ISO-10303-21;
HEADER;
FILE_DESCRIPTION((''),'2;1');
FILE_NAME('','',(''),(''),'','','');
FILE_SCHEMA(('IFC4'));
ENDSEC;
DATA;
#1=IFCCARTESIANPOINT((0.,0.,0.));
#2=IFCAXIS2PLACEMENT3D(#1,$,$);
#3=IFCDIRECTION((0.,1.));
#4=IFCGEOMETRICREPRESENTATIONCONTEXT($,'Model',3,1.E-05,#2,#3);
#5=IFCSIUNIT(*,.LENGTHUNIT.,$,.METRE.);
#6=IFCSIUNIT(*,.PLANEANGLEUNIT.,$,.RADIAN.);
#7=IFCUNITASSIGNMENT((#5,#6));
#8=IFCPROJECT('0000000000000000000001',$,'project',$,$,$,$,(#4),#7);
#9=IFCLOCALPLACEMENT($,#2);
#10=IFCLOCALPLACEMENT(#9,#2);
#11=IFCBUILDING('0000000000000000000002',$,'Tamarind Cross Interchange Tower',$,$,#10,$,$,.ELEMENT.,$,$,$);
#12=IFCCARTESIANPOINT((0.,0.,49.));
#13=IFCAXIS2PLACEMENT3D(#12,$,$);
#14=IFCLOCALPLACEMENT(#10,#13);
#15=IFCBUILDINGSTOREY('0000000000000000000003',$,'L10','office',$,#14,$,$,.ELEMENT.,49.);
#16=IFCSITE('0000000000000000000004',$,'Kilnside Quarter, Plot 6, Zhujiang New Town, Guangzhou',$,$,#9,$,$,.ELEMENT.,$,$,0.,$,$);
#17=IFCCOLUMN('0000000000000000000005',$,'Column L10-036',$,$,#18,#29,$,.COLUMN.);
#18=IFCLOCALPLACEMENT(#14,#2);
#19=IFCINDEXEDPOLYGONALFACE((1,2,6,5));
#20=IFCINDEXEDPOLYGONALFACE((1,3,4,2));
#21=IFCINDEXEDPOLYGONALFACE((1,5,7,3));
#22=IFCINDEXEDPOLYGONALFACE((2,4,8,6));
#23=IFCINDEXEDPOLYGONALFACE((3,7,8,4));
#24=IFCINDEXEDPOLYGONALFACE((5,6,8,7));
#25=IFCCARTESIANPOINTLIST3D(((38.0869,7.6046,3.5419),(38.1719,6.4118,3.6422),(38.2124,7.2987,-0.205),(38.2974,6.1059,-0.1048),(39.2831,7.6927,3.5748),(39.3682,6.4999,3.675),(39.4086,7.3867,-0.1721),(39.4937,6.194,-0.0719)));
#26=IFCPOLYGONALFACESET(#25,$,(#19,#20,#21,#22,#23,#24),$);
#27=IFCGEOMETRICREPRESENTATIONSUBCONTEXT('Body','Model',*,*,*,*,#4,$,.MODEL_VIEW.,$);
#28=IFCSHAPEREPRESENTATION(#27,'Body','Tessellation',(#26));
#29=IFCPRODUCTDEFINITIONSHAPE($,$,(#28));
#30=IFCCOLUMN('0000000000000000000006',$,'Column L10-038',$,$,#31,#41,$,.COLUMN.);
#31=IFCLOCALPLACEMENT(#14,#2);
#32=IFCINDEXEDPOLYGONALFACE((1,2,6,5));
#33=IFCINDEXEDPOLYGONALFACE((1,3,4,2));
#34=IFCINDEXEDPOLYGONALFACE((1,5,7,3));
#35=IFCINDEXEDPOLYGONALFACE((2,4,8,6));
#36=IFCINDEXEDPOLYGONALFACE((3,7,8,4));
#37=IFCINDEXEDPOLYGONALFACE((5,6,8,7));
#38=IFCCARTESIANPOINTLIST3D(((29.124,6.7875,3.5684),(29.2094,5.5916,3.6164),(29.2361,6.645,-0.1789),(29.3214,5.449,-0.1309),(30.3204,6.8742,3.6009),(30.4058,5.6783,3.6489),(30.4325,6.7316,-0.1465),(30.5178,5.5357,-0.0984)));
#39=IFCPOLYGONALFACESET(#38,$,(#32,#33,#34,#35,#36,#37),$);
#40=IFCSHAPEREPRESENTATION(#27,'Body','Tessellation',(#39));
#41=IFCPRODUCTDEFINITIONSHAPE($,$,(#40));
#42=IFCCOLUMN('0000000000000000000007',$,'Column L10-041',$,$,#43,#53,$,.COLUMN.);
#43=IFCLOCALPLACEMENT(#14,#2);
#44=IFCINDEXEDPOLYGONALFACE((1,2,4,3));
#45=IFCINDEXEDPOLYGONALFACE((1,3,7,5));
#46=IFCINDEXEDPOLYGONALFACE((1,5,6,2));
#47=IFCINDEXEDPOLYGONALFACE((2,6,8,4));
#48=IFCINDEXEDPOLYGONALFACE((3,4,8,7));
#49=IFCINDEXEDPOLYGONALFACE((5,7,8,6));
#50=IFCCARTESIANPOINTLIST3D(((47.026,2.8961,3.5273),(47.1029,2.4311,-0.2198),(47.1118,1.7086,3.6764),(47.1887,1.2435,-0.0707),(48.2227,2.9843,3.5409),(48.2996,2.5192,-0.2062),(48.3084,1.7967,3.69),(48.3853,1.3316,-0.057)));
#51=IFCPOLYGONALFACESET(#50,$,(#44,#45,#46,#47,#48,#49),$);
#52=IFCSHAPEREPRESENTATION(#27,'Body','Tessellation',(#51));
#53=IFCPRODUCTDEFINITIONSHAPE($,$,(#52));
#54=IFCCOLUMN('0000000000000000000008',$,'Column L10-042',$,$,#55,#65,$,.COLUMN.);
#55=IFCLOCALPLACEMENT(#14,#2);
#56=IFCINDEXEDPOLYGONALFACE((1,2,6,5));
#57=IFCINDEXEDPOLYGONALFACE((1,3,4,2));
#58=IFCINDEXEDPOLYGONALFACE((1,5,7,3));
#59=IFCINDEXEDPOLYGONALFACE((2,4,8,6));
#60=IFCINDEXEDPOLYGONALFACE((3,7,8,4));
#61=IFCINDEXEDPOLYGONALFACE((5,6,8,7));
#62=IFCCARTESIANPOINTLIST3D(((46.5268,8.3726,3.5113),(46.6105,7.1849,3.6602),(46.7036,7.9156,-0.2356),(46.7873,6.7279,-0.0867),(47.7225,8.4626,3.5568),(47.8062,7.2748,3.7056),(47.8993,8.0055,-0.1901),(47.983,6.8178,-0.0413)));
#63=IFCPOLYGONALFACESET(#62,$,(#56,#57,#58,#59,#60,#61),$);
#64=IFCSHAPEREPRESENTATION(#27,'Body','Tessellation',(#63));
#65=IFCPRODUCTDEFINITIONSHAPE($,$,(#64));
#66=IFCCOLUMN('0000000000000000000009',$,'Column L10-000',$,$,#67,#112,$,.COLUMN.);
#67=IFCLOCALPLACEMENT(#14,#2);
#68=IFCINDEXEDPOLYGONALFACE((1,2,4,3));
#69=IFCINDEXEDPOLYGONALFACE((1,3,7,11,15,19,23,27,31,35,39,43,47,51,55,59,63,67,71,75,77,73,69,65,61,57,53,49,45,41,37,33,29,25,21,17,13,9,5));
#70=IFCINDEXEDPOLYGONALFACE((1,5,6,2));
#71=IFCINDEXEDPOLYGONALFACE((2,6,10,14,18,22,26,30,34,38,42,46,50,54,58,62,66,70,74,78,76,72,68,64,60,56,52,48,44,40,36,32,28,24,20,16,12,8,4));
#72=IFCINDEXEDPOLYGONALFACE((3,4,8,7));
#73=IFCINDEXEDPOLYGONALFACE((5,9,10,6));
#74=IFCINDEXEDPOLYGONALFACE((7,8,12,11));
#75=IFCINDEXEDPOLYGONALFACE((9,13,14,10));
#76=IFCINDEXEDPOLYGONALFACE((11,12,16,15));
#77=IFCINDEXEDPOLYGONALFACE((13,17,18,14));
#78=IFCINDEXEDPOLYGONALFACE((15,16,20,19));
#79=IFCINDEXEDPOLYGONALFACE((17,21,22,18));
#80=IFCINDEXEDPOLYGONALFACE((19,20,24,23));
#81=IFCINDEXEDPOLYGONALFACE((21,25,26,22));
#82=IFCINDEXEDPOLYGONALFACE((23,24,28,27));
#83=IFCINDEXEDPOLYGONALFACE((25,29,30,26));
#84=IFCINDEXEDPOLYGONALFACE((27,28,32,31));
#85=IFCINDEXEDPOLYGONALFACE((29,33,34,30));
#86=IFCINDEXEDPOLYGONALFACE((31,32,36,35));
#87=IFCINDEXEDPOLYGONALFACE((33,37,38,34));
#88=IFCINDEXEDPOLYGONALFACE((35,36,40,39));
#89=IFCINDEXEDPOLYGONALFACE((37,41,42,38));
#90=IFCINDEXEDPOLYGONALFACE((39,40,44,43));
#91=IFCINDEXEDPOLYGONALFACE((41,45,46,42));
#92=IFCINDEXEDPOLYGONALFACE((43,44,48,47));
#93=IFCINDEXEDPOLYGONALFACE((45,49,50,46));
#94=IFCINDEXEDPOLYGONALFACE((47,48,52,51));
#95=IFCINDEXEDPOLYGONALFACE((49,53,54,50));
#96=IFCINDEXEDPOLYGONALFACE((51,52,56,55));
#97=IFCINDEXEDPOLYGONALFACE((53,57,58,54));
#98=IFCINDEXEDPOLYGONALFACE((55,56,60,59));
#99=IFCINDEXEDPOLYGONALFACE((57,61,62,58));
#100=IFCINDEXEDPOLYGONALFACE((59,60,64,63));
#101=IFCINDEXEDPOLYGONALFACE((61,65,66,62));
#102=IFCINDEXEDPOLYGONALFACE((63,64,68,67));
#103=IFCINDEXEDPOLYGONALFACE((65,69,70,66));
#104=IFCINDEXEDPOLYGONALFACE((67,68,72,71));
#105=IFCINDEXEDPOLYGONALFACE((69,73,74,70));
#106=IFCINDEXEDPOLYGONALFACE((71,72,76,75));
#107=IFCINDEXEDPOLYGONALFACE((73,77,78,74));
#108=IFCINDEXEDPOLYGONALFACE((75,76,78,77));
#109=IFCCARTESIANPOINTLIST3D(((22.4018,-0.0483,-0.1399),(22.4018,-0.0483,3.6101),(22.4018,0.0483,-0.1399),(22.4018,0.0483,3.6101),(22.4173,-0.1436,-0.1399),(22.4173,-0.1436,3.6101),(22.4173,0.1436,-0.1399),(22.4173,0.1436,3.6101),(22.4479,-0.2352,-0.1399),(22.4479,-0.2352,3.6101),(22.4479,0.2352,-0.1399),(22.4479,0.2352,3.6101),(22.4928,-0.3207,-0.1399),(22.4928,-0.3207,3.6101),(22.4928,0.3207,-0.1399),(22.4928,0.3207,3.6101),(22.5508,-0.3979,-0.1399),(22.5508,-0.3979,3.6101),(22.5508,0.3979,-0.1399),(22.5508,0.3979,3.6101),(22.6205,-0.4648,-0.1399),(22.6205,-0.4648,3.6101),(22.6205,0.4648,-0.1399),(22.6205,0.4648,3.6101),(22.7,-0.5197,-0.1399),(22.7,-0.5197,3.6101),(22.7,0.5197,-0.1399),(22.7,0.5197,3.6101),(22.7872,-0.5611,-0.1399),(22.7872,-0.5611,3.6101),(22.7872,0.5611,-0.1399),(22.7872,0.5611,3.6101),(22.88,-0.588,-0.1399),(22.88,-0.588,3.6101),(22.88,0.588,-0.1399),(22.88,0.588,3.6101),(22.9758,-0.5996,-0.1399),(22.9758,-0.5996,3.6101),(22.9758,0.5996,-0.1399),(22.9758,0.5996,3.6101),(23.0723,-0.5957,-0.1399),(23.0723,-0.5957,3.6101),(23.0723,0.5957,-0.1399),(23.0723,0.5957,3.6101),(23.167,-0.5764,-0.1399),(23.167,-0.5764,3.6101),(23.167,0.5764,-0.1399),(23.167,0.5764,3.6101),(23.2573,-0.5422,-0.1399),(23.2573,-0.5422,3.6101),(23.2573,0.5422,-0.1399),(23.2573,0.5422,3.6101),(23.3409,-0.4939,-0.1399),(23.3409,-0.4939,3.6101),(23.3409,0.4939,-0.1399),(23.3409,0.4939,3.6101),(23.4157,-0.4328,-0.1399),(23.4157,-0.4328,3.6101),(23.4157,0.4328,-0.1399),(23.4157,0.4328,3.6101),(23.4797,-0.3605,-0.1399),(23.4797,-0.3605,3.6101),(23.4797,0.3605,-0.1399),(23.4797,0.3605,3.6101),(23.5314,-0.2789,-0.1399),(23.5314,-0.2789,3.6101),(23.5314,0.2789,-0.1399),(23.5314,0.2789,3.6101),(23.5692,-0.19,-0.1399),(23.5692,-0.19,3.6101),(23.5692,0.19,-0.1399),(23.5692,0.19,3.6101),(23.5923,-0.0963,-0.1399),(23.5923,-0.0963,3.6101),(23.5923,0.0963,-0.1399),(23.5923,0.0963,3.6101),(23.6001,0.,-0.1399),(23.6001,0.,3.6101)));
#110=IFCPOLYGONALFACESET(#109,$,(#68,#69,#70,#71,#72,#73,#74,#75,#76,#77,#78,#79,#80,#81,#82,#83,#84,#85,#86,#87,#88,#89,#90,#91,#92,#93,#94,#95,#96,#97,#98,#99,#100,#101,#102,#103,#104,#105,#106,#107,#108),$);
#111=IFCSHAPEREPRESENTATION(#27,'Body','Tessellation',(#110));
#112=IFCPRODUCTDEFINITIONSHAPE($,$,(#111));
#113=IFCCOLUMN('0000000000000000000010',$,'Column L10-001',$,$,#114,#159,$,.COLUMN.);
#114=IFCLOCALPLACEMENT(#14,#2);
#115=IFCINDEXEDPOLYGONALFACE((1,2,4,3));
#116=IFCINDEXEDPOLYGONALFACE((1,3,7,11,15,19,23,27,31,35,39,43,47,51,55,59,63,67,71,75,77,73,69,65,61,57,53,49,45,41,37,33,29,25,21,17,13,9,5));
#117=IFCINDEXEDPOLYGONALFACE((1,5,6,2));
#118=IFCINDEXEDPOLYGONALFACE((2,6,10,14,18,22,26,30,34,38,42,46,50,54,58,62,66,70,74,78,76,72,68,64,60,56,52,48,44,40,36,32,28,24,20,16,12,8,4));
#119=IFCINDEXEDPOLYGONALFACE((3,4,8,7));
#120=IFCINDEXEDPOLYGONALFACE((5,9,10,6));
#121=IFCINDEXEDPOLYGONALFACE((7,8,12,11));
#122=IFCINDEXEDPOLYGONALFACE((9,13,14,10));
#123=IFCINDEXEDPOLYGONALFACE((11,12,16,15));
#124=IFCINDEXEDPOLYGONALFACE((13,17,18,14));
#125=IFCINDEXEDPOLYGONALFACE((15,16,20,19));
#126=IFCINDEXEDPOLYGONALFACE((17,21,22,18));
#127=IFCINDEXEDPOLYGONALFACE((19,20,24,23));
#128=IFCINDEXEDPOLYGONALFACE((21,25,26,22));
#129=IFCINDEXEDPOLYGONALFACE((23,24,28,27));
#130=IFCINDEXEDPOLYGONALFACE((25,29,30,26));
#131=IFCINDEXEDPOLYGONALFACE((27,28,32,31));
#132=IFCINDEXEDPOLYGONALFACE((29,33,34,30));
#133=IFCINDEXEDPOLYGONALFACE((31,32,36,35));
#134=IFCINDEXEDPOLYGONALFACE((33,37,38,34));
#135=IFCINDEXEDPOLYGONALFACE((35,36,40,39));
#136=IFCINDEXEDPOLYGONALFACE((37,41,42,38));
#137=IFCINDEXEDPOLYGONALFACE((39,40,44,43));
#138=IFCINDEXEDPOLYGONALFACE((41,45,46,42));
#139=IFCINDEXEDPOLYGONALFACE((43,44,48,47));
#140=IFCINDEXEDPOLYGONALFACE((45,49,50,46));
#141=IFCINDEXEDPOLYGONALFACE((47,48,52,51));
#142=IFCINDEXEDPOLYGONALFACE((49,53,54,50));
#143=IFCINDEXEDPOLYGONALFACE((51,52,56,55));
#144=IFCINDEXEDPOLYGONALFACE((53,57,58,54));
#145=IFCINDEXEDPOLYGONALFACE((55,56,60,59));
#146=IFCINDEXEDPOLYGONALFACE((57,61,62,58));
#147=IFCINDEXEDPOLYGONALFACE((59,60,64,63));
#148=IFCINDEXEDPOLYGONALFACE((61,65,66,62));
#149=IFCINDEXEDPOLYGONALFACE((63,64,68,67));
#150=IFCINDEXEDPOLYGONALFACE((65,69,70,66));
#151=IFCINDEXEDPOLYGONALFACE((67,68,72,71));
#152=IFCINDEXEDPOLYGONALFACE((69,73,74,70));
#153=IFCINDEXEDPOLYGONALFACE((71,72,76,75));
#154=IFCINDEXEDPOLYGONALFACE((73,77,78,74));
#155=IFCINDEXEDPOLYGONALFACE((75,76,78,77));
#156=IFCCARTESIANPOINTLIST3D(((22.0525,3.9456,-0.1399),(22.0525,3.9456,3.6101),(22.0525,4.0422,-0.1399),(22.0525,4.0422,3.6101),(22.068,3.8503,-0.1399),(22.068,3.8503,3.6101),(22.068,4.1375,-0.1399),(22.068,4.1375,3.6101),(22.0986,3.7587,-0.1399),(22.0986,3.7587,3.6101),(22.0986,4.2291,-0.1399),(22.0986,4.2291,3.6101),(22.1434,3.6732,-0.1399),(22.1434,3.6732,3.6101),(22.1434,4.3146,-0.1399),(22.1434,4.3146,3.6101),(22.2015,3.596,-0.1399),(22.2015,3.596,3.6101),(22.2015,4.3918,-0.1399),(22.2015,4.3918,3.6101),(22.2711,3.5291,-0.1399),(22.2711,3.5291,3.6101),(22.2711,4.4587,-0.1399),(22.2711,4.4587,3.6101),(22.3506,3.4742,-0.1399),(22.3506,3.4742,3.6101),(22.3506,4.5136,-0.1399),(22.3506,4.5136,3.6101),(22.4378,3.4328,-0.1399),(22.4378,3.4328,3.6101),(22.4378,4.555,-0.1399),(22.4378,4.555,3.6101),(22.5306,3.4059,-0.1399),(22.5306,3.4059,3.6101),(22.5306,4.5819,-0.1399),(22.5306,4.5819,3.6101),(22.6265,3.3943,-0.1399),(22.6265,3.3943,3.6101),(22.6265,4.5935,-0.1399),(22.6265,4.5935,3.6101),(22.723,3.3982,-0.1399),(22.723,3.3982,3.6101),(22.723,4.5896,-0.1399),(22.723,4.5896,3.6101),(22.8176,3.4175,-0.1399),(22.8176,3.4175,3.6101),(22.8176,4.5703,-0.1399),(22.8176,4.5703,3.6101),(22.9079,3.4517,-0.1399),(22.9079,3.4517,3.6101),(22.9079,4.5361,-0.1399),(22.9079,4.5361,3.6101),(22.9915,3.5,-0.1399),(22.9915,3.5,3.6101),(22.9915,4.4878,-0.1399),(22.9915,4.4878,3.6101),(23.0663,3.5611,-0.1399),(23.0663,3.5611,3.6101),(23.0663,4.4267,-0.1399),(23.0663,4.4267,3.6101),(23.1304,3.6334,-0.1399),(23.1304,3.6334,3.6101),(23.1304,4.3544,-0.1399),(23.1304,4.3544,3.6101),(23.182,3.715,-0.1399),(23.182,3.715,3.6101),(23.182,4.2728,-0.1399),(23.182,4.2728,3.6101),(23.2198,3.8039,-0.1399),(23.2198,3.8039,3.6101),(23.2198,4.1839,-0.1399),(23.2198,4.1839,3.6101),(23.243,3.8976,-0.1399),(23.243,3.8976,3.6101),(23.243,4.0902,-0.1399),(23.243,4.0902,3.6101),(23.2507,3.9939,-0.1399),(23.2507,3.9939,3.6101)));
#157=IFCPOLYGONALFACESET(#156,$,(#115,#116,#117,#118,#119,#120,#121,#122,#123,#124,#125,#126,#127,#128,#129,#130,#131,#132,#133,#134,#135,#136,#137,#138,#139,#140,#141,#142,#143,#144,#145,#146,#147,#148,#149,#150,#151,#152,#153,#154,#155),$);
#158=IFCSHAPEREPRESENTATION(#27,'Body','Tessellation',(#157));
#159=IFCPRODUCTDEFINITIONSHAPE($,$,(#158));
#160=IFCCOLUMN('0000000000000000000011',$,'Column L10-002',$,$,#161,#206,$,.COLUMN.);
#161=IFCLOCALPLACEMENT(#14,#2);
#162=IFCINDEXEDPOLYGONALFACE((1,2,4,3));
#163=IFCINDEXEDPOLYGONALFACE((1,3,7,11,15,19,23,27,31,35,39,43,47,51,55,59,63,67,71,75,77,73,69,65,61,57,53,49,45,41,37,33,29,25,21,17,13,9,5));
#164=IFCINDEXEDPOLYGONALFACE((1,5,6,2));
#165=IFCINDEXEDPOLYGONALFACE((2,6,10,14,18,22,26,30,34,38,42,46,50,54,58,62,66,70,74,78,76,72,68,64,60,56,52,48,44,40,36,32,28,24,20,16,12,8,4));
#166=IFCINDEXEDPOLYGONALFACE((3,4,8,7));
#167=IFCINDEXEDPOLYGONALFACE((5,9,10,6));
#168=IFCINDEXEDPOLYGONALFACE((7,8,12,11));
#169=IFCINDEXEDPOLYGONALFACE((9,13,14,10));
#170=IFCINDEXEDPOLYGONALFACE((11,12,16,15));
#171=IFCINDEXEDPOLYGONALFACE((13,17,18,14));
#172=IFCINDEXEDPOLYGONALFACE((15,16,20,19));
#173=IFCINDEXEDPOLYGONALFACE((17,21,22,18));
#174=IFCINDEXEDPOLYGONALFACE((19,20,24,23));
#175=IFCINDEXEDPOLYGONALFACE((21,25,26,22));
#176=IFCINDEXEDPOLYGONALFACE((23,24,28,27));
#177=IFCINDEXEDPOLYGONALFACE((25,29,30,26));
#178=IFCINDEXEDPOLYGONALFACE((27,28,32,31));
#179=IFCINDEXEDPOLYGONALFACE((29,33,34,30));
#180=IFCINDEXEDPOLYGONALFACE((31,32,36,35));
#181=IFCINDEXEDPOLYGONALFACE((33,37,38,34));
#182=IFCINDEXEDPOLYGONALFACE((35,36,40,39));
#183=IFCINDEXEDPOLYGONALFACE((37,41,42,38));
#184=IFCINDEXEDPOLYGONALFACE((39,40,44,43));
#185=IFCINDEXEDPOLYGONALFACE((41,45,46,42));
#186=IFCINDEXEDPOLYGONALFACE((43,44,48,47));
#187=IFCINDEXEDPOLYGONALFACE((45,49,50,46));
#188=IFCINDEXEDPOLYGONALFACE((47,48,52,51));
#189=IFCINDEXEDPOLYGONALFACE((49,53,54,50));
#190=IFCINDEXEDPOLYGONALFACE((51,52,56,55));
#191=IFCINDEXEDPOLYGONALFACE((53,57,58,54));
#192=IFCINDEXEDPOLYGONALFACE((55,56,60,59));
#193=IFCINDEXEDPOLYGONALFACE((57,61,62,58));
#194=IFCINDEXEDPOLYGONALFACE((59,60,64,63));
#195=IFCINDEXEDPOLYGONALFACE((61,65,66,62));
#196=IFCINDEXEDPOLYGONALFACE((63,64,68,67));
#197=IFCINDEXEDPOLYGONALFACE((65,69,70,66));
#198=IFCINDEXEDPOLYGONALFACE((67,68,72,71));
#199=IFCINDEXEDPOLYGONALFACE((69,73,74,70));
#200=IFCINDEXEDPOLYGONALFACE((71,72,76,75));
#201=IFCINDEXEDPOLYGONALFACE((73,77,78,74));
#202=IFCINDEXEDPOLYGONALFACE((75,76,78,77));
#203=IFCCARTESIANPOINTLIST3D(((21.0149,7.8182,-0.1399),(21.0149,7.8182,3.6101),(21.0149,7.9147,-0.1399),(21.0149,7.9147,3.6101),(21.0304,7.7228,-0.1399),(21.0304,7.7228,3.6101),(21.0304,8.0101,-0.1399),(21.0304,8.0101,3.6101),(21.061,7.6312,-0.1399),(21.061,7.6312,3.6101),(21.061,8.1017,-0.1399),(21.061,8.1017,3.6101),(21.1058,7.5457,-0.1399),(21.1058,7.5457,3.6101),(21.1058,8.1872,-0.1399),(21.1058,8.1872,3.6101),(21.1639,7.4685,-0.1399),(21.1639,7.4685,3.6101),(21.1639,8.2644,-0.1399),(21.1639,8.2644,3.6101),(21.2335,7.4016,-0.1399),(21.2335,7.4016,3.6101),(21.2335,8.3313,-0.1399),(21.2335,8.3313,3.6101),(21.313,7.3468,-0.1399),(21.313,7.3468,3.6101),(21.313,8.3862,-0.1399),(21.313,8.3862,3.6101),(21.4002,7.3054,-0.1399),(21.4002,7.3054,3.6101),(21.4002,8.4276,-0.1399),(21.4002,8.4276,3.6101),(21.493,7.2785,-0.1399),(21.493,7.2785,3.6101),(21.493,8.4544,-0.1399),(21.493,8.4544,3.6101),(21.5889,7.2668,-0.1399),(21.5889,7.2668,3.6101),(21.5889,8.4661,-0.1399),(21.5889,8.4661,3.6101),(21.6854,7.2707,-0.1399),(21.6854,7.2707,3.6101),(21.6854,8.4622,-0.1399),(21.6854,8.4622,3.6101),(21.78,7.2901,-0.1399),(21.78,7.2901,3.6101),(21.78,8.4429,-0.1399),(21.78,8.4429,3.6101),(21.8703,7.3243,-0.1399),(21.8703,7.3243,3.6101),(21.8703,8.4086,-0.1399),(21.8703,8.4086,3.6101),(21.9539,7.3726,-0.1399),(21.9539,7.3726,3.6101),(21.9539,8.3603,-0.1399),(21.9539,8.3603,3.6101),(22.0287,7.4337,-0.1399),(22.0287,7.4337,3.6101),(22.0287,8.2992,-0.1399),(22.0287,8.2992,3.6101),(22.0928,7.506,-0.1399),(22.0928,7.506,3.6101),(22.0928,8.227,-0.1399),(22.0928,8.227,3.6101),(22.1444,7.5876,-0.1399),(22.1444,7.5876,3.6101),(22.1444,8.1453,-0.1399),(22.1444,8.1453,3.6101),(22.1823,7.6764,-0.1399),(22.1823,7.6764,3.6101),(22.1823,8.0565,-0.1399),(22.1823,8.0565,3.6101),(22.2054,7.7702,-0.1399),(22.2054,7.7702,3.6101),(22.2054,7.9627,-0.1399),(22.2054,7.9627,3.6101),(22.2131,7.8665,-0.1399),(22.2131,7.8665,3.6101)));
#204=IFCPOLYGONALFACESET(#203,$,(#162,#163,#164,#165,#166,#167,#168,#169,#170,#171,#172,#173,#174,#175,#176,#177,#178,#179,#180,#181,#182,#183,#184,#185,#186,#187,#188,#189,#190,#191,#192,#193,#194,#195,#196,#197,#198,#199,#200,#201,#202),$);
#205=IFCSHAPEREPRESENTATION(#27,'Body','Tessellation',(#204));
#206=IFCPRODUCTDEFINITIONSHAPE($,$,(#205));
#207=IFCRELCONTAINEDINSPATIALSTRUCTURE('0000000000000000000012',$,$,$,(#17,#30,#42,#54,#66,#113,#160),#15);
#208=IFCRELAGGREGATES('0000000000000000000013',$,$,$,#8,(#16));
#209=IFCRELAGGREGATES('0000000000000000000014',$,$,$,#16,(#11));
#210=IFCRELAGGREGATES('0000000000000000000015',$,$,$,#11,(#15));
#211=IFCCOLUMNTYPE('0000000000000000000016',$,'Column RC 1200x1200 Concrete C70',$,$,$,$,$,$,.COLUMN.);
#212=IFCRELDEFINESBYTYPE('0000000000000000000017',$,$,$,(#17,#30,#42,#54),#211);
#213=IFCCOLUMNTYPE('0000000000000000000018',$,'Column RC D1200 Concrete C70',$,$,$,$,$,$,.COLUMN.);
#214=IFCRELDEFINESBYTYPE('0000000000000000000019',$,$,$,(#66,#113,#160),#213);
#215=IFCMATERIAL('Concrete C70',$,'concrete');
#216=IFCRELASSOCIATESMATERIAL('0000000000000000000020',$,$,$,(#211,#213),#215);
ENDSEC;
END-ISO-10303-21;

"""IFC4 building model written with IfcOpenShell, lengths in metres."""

from ifc_helpers import new_model, si_unit, direction, frame, origin, origin_2d, place, context, subcontext, project, spatial, rectangle, circle, extrude, material, material_profile, profile_set, type_object, element, save


model = new_model("IFC4")

# Units and contexts
model_context = context("Model", 3, precision=1e-05, world=origin(), true_north=direction((0.0, 1.0)))
body_context = subcontext(model_context, "Body", "Model", "MODEL_VIEW")
ifc_project = project(units=[si_unit("LENGTHUNIT", "METRE"), si_unit("PLANEANGLEUNIT", "RADIAN")], contexts=[model_context])

# Site, building, storey
site_placement = place(None, origin())
site = spatial("IfcSite", under=ifc_project, at=site_placement, Name="Kilnside Quarter, Plot 6, Zhujiang New Town, Guangzhou", CompositionType="ELEMENT", RefElevation=0.0)
building_placement = place(site_placement, origin())
building = spatial("IfcBuilding", under=site, at=building_placement, Name="Tamarind Cross Interchange Tower", CompositionType="ELEMENT")
storey_placement = place(building_placement, frame((0.0, 0.0, 49.0)))
storey = spatial("IfcBuildingStorey", under=building, at=storey_placement, Name="L10", Description="office", CompositionType="ELEMENT", Elevation=49.0)

# Columns
ifc_material_1 = material(Name="Concrete C70", Category="concrete")
ifc_material_profile_1 = material_profile(ifc_material_1, rectangle(XDim=1.2, YDim=1.2, at=origin_2d()), Name="RC 1200x1200")
ifc_profile_set_1 = profile_set([ifc_material_profile_1], Name="Concrete C70")
column_type_1 = type_object("IfcColumnType", Name="Column RC 1200x1200 Concrete C70", PredefinedType="COLUMN", material=ifc_profile_set_1)
column_1_placement = place(storey_placement, frame((38.853, 6.7463, -0.1384), z_axis=(-0.033362, 0.081329, 0.996129), x_axis=(0.070891, -0.993981, 0.083527)))
element("IfcColumn", 1, at=column_1_placement, inside=storey, type_object=column_type_1, Name="Column L10-036", PredefinedType="COLUMN", context=body_context, shape_type="SweptSolid", body=[
    extrude(rectangle(XDim=1.2, YDim=1.2, at=origin_2d()), origin(), (0.0, 0.0, 1.0), 3.7615),
])
column_2_placement = place(storey_placement, frame((29.877, 6.0903, -0.1387), z_axis=(-0.029869, 0.038004, 0.998831), x_axis=(0.071126, -0.996663, 0.040048)))
element("IfcColumn", 2, at=column_2_placement, inside=storey, type_object=column_type_1, Name="Column L10-038", PredefinedType="COLUMN", context=body_context, shape_type="SweptSolid", body=[
    extrude(rectangle(XDim=1.2, YDim=1.2, at=origin_2d()), origin(), (0.0, 0.0, 1.0), 3.7517),
])
column_3_placement = place(storey_placement, frame((47.7441, 1.8813, -0.1384), z_axis=(-0.020363, 0.12315, 0.992179), x_axis=(0.071477, -0.989666, 0.124305)))
element("IfcColumn", 3, at=column_3_placement, inside=storey, type_object=column_type_1, Name="Column L10-041", PredefinedType="COLUMN", context=body_context, shape_type="SweptSolid", body=[
    extrude(rectangle(XDim=1.2, YDim=1.2, at=origin_2d()), origin(), (0.0, 0.0, 1.0), 3.7766),
])
column_4_placement = place(storey_placement, frame((47.3433, 7.3667, -0.1384), z_axis=(-0.046777, 0.120948, 0.991556), x_axis=(0.069746, -0.989825, 0.124027)))
element("IfcColumn", 4, at=column_4_placement, inside=storey, type_object=column_type_1, Name="Column L10-042", PredefinedType="COLUMN", context=body_context, shape_type="SweptSolid", body=[
    extrude(rectangle(XDim=1.2, YDim=1.2, at=origin_2d()), origin(), (0.0, 0.0, 1.0), 3.7788),
])
ifc_material_profile_2 = material_profile(ifc_material_1, circle(Radius=0.6001, at=origin_2d()), Name="RC D1200")
ifc_profile_set_2 = profile_set([ifc_material_profile_2], Name="Concrete C70")
column_type_2 = type_object("IfcColumnType", Name="Column RC D1200 Concrete C70", PredefinedType="COLUMN", material=ifc_profile_set_2)
for number, where, z_axis, x_axis, name in (
    (5, (23.0, 0.0, -0.1399), (0.0, 0.0, 1.0), (1.0, 0.0, 0.0), "Column L10-000"),
    (6, (22.6506, 3.9939, -0.1399), (0.0, 0.0, 1.0), (1.0, 0.0, 0.0), "Column L10-001"),
    (7, (21.613, 7.8665, -0.1399), (0.0, 0.0, 1.0), (1.0, 0.0, 0.0), "Column L10-002"),
):
    element("IfcColumn", number, at=place(storey_placement, frame(where, z_axis=z_axis, x_axis=x_axis)), inside=storey, type_object=column_type_2, Name=name, PredefinedType="COLUMN", context=body_context, shape_type="SweptSolid", body=[
        extrude(circle(Radius=0.6001, at=origin_2d()), origin(), (0.0, 0.0, 1.0), 3.75),
    ])

save(model, "model.ifc")
